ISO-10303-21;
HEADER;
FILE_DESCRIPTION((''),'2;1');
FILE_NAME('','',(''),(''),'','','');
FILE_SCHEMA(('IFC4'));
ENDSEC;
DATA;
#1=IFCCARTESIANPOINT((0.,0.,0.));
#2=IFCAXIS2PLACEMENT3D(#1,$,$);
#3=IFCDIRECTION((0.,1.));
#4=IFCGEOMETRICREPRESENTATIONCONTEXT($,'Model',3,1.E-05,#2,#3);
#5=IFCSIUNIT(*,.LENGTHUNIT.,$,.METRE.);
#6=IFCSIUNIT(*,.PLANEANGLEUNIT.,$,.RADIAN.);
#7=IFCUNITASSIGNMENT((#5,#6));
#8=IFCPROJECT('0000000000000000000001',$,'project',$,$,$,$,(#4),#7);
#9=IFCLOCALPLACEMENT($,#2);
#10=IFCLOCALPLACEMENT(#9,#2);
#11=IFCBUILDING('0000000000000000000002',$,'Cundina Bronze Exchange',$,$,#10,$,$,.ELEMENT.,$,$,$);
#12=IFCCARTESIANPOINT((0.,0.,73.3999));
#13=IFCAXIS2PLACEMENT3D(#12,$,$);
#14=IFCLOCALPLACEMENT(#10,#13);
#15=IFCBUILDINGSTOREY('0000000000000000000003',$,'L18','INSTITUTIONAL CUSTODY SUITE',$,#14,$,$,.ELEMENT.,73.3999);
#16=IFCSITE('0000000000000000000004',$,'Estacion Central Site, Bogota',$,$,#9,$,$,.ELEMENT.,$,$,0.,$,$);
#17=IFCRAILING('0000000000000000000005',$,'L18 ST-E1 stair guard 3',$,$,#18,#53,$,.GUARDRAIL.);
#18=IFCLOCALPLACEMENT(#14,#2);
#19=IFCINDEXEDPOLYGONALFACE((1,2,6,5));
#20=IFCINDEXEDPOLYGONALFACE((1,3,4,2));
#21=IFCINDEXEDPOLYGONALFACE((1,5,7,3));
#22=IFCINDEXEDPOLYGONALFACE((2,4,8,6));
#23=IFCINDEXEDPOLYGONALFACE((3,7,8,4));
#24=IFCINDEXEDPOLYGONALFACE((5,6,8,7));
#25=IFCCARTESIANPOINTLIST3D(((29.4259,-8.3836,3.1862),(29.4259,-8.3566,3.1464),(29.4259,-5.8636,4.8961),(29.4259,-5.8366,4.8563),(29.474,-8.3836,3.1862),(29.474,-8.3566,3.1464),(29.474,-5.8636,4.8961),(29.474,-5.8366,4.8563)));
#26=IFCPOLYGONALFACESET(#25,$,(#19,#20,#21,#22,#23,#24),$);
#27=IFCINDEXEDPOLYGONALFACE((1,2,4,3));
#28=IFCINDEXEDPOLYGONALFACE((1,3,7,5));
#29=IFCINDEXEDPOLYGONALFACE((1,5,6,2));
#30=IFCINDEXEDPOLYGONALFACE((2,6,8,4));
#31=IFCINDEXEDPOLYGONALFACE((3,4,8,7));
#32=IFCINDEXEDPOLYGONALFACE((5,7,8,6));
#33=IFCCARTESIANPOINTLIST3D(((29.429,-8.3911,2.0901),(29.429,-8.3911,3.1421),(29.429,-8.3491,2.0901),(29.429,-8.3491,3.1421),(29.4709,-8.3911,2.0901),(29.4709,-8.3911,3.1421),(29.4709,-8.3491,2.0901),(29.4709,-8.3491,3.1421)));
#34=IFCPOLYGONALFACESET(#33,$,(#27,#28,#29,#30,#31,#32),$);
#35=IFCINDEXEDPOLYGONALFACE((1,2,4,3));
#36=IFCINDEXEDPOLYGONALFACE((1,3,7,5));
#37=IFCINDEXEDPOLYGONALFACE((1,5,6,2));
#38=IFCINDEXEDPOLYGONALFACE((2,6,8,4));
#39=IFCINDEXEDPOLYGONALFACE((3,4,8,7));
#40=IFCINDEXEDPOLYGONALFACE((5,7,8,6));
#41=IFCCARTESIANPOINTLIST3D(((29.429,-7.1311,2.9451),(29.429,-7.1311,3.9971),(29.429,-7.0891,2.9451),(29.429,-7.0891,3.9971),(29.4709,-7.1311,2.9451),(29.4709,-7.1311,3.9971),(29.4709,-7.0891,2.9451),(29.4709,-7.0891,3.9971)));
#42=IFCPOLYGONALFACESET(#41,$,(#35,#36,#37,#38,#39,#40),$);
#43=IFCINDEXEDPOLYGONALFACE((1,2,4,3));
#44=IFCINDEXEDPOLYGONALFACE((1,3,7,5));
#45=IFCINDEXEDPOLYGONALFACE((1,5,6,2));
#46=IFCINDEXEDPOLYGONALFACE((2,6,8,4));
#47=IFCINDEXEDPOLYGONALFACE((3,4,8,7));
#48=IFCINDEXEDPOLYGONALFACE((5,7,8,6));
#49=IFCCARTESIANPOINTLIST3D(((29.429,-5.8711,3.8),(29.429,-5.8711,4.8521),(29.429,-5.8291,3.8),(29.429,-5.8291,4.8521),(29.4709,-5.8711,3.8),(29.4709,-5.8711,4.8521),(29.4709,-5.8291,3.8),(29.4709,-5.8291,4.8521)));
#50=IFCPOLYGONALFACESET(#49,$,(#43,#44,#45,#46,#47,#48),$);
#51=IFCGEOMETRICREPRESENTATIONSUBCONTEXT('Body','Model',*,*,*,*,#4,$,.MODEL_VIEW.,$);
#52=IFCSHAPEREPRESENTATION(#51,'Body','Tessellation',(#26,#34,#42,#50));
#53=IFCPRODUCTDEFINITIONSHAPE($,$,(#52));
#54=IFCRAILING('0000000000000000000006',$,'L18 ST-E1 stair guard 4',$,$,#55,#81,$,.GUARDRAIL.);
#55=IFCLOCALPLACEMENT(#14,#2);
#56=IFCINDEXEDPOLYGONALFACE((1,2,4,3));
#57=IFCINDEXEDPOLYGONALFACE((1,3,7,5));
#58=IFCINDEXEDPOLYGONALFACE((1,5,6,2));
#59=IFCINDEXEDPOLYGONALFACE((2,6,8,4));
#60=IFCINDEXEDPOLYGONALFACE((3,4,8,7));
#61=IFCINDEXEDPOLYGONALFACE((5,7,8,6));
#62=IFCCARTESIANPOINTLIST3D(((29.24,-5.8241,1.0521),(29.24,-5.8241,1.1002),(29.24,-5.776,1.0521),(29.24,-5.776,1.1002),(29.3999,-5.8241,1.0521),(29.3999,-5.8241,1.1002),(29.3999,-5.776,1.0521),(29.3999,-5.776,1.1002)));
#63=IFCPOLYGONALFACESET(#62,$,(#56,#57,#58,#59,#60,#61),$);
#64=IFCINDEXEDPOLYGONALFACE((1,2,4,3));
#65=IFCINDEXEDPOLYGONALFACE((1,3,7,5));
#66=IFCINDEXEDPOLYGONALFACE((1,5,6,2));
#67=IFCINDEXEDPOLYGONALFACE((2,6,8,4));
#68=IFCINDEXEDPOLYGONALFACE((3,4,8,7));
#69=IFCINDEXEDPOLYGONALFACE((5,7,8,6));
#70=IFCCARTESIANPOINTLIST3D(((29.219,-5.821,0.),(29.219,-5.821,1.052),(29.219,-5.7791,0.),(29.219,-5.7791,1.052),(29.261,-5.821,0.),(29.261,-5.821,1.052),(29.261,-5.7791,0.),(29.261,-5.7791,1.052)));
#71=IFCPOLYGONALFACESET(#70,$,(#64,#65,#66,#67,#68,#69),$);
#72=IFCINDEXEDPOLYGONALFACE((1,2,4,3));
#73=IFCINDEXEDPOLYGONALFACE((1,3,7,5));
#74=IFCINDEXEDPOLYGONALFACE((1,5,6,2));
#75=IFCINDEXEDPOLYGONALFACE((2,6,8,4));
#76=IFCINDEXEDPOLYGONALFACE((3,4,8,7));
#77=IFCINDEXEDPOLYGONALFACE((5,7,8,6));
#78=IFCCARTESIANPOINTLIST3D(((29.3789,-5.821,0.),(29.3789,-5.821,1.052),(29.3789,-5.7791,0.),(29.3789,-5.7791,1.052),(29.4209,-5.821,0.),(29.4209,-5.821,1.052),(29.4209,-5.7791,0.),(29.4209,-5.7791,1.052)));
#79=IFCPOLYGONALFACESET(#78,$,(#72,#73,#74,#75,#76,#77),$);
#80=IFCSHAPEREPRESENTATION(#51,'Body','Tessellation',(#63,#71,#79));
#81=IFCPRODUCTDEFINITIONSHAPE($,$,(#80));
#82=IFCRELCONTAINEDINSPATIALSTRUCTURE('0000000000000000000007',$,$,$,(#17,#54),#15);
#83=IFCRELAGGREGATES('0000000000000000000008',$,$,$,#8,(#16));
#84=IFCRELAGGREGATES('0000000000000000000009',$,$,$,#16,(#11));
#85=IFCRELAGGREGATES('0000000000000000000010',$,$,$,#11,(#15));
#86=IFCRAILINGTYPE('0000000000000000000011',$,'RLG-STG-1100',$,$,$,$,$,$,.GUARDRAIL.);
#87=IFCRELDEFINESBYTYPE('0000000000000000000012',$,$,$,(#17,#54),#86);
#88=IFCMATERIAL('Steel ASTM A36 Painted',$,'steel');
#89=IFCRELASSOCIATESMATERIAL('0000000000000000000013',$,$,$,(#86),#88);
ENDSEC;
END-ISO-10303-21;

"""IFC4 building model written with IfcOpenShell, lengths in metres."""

from ifc_helpers import new_model, si_unit, direction, frame, origin, origin_2d, place, context, subcontext, project, spatial, rectangle, extrude, material, type_object, element, save


model = new_model("IFC4")

# Units and contexts
model_context = context("Model", 3, precision=1e-05, world=origin(), true_north=direction((0.0, 1.0)))
body_context = subcontext(model_context, "Body", "Model", "MODEL_VIEW")
ifc_project = project(units=[si_unit("LENGTHUNIT", "METRE"), si_unit("PLANEANGLEUNIT", "RADIAN")], contexts=[model_context])

# Site, building, storey
site_placement = place(None, origin())
site = spatial("IfcSite", under=ifc_project, at=site_placement, Name="Estacion Central Site, Bogota", CompositionType="ELEMENT", RefElevation=0.0)
building_placement = place(site_placement, origin())
building = spatial("IfcBuilding", under=site, at=building_placement, Name="Cundina Bronze Exchange", CompositionType="ELEMENT")
storey_placement = place(building_placement, frame((0.0, 0.0, 73.3999)))
storey = spatial("IfcBuildingStorey", under=building, at=storey_placement, Name="L18", Description="INSTITUTIONAL CUSTODY SUITE", CompositionType="ELEMENT", Elevation=73.3999)

# Railings
ifc_material_1 = material(Name="Steel ASTM A36 Painted", Category="steel")
railing_type_1 = type_object("IfcRailingType", Name="RLG-STG-1100", PredefinedType="GUARDRAIL", material=ifc_material_1)
railing_1_placement = place(storey_placement, frame((29.45, -8.3701, 2.0901)))
element("IfcRailing", 1, at=railing_1_placement, inside=storey, type_object=railing_type_1, Name="L18 ST-E1 stair guard 3", PredefinedType="GUARDRAIL", context=body_context, shape_type="SweptSolid", body=[
    extrude(rectangle(XDim=0.0481, YDim=0.0481, at=origin_2d()), frame((0.0, 0.0, 1.0762), z_axis=(0.0, 0.827484, 0.56149), x_axis=(-1.0, 0.0, 0.0)), (0.0, 0.0, 1.0), 3.0454),
    extrude(rectangle(XDim=0.042, YDim=0.042, at=origin_2d()), origin(), (0.0, 0.0, 1.0), 1.052),
    extrude(rectangle(XDim=0.042, YDim=0.042, at=origin_2d()), frame((0.0, 1.26, 0.855)), (0.0, 0.0, 1.0), 1.052),
    extrude(rectangle(XDim=0.042, YDim=0.042, at=origin_2d()), frame((0.0, 2.52, 1.71)), (0.0, 0.0, 1.0), 1.052),
])
railing_2_placement = place(storey_placement, frame((29.24, -5.8, 0.0)))
element("IfcRailing", 2, at=railing_2_placement, inside=storey, type_object=railing_type_1, Name="L18 ST-E1 stair guard 4", PredefinedType="GUARDRAIL", context=body_context, shape_type="SweptSolid", body=[
    extrude(rectangle(XDim=0.0481, YDim=0.0481, at=origin_2d()), frame((0.0, 0.0, 1.0762), z_axis=(1.0, 0.0, 0.0), x_axis=(0.0, 1.0, 0.0)), (0.0, 0.0, 1.0), 0.1599),
    extrude(rectangle(XDim=0.042, YDim=0.042, at=origin_2d()), origin(), (0.0, 0.0, 1.0), 1.052),
    extrude(rectangle(XDim=0.042, YDim=0.042, at=origin_2d()), frame((0.1599, 0.0, 0.0)), (0.0, 0.0, 1.0), 1.052),
])

save(model, "model.ifc")
